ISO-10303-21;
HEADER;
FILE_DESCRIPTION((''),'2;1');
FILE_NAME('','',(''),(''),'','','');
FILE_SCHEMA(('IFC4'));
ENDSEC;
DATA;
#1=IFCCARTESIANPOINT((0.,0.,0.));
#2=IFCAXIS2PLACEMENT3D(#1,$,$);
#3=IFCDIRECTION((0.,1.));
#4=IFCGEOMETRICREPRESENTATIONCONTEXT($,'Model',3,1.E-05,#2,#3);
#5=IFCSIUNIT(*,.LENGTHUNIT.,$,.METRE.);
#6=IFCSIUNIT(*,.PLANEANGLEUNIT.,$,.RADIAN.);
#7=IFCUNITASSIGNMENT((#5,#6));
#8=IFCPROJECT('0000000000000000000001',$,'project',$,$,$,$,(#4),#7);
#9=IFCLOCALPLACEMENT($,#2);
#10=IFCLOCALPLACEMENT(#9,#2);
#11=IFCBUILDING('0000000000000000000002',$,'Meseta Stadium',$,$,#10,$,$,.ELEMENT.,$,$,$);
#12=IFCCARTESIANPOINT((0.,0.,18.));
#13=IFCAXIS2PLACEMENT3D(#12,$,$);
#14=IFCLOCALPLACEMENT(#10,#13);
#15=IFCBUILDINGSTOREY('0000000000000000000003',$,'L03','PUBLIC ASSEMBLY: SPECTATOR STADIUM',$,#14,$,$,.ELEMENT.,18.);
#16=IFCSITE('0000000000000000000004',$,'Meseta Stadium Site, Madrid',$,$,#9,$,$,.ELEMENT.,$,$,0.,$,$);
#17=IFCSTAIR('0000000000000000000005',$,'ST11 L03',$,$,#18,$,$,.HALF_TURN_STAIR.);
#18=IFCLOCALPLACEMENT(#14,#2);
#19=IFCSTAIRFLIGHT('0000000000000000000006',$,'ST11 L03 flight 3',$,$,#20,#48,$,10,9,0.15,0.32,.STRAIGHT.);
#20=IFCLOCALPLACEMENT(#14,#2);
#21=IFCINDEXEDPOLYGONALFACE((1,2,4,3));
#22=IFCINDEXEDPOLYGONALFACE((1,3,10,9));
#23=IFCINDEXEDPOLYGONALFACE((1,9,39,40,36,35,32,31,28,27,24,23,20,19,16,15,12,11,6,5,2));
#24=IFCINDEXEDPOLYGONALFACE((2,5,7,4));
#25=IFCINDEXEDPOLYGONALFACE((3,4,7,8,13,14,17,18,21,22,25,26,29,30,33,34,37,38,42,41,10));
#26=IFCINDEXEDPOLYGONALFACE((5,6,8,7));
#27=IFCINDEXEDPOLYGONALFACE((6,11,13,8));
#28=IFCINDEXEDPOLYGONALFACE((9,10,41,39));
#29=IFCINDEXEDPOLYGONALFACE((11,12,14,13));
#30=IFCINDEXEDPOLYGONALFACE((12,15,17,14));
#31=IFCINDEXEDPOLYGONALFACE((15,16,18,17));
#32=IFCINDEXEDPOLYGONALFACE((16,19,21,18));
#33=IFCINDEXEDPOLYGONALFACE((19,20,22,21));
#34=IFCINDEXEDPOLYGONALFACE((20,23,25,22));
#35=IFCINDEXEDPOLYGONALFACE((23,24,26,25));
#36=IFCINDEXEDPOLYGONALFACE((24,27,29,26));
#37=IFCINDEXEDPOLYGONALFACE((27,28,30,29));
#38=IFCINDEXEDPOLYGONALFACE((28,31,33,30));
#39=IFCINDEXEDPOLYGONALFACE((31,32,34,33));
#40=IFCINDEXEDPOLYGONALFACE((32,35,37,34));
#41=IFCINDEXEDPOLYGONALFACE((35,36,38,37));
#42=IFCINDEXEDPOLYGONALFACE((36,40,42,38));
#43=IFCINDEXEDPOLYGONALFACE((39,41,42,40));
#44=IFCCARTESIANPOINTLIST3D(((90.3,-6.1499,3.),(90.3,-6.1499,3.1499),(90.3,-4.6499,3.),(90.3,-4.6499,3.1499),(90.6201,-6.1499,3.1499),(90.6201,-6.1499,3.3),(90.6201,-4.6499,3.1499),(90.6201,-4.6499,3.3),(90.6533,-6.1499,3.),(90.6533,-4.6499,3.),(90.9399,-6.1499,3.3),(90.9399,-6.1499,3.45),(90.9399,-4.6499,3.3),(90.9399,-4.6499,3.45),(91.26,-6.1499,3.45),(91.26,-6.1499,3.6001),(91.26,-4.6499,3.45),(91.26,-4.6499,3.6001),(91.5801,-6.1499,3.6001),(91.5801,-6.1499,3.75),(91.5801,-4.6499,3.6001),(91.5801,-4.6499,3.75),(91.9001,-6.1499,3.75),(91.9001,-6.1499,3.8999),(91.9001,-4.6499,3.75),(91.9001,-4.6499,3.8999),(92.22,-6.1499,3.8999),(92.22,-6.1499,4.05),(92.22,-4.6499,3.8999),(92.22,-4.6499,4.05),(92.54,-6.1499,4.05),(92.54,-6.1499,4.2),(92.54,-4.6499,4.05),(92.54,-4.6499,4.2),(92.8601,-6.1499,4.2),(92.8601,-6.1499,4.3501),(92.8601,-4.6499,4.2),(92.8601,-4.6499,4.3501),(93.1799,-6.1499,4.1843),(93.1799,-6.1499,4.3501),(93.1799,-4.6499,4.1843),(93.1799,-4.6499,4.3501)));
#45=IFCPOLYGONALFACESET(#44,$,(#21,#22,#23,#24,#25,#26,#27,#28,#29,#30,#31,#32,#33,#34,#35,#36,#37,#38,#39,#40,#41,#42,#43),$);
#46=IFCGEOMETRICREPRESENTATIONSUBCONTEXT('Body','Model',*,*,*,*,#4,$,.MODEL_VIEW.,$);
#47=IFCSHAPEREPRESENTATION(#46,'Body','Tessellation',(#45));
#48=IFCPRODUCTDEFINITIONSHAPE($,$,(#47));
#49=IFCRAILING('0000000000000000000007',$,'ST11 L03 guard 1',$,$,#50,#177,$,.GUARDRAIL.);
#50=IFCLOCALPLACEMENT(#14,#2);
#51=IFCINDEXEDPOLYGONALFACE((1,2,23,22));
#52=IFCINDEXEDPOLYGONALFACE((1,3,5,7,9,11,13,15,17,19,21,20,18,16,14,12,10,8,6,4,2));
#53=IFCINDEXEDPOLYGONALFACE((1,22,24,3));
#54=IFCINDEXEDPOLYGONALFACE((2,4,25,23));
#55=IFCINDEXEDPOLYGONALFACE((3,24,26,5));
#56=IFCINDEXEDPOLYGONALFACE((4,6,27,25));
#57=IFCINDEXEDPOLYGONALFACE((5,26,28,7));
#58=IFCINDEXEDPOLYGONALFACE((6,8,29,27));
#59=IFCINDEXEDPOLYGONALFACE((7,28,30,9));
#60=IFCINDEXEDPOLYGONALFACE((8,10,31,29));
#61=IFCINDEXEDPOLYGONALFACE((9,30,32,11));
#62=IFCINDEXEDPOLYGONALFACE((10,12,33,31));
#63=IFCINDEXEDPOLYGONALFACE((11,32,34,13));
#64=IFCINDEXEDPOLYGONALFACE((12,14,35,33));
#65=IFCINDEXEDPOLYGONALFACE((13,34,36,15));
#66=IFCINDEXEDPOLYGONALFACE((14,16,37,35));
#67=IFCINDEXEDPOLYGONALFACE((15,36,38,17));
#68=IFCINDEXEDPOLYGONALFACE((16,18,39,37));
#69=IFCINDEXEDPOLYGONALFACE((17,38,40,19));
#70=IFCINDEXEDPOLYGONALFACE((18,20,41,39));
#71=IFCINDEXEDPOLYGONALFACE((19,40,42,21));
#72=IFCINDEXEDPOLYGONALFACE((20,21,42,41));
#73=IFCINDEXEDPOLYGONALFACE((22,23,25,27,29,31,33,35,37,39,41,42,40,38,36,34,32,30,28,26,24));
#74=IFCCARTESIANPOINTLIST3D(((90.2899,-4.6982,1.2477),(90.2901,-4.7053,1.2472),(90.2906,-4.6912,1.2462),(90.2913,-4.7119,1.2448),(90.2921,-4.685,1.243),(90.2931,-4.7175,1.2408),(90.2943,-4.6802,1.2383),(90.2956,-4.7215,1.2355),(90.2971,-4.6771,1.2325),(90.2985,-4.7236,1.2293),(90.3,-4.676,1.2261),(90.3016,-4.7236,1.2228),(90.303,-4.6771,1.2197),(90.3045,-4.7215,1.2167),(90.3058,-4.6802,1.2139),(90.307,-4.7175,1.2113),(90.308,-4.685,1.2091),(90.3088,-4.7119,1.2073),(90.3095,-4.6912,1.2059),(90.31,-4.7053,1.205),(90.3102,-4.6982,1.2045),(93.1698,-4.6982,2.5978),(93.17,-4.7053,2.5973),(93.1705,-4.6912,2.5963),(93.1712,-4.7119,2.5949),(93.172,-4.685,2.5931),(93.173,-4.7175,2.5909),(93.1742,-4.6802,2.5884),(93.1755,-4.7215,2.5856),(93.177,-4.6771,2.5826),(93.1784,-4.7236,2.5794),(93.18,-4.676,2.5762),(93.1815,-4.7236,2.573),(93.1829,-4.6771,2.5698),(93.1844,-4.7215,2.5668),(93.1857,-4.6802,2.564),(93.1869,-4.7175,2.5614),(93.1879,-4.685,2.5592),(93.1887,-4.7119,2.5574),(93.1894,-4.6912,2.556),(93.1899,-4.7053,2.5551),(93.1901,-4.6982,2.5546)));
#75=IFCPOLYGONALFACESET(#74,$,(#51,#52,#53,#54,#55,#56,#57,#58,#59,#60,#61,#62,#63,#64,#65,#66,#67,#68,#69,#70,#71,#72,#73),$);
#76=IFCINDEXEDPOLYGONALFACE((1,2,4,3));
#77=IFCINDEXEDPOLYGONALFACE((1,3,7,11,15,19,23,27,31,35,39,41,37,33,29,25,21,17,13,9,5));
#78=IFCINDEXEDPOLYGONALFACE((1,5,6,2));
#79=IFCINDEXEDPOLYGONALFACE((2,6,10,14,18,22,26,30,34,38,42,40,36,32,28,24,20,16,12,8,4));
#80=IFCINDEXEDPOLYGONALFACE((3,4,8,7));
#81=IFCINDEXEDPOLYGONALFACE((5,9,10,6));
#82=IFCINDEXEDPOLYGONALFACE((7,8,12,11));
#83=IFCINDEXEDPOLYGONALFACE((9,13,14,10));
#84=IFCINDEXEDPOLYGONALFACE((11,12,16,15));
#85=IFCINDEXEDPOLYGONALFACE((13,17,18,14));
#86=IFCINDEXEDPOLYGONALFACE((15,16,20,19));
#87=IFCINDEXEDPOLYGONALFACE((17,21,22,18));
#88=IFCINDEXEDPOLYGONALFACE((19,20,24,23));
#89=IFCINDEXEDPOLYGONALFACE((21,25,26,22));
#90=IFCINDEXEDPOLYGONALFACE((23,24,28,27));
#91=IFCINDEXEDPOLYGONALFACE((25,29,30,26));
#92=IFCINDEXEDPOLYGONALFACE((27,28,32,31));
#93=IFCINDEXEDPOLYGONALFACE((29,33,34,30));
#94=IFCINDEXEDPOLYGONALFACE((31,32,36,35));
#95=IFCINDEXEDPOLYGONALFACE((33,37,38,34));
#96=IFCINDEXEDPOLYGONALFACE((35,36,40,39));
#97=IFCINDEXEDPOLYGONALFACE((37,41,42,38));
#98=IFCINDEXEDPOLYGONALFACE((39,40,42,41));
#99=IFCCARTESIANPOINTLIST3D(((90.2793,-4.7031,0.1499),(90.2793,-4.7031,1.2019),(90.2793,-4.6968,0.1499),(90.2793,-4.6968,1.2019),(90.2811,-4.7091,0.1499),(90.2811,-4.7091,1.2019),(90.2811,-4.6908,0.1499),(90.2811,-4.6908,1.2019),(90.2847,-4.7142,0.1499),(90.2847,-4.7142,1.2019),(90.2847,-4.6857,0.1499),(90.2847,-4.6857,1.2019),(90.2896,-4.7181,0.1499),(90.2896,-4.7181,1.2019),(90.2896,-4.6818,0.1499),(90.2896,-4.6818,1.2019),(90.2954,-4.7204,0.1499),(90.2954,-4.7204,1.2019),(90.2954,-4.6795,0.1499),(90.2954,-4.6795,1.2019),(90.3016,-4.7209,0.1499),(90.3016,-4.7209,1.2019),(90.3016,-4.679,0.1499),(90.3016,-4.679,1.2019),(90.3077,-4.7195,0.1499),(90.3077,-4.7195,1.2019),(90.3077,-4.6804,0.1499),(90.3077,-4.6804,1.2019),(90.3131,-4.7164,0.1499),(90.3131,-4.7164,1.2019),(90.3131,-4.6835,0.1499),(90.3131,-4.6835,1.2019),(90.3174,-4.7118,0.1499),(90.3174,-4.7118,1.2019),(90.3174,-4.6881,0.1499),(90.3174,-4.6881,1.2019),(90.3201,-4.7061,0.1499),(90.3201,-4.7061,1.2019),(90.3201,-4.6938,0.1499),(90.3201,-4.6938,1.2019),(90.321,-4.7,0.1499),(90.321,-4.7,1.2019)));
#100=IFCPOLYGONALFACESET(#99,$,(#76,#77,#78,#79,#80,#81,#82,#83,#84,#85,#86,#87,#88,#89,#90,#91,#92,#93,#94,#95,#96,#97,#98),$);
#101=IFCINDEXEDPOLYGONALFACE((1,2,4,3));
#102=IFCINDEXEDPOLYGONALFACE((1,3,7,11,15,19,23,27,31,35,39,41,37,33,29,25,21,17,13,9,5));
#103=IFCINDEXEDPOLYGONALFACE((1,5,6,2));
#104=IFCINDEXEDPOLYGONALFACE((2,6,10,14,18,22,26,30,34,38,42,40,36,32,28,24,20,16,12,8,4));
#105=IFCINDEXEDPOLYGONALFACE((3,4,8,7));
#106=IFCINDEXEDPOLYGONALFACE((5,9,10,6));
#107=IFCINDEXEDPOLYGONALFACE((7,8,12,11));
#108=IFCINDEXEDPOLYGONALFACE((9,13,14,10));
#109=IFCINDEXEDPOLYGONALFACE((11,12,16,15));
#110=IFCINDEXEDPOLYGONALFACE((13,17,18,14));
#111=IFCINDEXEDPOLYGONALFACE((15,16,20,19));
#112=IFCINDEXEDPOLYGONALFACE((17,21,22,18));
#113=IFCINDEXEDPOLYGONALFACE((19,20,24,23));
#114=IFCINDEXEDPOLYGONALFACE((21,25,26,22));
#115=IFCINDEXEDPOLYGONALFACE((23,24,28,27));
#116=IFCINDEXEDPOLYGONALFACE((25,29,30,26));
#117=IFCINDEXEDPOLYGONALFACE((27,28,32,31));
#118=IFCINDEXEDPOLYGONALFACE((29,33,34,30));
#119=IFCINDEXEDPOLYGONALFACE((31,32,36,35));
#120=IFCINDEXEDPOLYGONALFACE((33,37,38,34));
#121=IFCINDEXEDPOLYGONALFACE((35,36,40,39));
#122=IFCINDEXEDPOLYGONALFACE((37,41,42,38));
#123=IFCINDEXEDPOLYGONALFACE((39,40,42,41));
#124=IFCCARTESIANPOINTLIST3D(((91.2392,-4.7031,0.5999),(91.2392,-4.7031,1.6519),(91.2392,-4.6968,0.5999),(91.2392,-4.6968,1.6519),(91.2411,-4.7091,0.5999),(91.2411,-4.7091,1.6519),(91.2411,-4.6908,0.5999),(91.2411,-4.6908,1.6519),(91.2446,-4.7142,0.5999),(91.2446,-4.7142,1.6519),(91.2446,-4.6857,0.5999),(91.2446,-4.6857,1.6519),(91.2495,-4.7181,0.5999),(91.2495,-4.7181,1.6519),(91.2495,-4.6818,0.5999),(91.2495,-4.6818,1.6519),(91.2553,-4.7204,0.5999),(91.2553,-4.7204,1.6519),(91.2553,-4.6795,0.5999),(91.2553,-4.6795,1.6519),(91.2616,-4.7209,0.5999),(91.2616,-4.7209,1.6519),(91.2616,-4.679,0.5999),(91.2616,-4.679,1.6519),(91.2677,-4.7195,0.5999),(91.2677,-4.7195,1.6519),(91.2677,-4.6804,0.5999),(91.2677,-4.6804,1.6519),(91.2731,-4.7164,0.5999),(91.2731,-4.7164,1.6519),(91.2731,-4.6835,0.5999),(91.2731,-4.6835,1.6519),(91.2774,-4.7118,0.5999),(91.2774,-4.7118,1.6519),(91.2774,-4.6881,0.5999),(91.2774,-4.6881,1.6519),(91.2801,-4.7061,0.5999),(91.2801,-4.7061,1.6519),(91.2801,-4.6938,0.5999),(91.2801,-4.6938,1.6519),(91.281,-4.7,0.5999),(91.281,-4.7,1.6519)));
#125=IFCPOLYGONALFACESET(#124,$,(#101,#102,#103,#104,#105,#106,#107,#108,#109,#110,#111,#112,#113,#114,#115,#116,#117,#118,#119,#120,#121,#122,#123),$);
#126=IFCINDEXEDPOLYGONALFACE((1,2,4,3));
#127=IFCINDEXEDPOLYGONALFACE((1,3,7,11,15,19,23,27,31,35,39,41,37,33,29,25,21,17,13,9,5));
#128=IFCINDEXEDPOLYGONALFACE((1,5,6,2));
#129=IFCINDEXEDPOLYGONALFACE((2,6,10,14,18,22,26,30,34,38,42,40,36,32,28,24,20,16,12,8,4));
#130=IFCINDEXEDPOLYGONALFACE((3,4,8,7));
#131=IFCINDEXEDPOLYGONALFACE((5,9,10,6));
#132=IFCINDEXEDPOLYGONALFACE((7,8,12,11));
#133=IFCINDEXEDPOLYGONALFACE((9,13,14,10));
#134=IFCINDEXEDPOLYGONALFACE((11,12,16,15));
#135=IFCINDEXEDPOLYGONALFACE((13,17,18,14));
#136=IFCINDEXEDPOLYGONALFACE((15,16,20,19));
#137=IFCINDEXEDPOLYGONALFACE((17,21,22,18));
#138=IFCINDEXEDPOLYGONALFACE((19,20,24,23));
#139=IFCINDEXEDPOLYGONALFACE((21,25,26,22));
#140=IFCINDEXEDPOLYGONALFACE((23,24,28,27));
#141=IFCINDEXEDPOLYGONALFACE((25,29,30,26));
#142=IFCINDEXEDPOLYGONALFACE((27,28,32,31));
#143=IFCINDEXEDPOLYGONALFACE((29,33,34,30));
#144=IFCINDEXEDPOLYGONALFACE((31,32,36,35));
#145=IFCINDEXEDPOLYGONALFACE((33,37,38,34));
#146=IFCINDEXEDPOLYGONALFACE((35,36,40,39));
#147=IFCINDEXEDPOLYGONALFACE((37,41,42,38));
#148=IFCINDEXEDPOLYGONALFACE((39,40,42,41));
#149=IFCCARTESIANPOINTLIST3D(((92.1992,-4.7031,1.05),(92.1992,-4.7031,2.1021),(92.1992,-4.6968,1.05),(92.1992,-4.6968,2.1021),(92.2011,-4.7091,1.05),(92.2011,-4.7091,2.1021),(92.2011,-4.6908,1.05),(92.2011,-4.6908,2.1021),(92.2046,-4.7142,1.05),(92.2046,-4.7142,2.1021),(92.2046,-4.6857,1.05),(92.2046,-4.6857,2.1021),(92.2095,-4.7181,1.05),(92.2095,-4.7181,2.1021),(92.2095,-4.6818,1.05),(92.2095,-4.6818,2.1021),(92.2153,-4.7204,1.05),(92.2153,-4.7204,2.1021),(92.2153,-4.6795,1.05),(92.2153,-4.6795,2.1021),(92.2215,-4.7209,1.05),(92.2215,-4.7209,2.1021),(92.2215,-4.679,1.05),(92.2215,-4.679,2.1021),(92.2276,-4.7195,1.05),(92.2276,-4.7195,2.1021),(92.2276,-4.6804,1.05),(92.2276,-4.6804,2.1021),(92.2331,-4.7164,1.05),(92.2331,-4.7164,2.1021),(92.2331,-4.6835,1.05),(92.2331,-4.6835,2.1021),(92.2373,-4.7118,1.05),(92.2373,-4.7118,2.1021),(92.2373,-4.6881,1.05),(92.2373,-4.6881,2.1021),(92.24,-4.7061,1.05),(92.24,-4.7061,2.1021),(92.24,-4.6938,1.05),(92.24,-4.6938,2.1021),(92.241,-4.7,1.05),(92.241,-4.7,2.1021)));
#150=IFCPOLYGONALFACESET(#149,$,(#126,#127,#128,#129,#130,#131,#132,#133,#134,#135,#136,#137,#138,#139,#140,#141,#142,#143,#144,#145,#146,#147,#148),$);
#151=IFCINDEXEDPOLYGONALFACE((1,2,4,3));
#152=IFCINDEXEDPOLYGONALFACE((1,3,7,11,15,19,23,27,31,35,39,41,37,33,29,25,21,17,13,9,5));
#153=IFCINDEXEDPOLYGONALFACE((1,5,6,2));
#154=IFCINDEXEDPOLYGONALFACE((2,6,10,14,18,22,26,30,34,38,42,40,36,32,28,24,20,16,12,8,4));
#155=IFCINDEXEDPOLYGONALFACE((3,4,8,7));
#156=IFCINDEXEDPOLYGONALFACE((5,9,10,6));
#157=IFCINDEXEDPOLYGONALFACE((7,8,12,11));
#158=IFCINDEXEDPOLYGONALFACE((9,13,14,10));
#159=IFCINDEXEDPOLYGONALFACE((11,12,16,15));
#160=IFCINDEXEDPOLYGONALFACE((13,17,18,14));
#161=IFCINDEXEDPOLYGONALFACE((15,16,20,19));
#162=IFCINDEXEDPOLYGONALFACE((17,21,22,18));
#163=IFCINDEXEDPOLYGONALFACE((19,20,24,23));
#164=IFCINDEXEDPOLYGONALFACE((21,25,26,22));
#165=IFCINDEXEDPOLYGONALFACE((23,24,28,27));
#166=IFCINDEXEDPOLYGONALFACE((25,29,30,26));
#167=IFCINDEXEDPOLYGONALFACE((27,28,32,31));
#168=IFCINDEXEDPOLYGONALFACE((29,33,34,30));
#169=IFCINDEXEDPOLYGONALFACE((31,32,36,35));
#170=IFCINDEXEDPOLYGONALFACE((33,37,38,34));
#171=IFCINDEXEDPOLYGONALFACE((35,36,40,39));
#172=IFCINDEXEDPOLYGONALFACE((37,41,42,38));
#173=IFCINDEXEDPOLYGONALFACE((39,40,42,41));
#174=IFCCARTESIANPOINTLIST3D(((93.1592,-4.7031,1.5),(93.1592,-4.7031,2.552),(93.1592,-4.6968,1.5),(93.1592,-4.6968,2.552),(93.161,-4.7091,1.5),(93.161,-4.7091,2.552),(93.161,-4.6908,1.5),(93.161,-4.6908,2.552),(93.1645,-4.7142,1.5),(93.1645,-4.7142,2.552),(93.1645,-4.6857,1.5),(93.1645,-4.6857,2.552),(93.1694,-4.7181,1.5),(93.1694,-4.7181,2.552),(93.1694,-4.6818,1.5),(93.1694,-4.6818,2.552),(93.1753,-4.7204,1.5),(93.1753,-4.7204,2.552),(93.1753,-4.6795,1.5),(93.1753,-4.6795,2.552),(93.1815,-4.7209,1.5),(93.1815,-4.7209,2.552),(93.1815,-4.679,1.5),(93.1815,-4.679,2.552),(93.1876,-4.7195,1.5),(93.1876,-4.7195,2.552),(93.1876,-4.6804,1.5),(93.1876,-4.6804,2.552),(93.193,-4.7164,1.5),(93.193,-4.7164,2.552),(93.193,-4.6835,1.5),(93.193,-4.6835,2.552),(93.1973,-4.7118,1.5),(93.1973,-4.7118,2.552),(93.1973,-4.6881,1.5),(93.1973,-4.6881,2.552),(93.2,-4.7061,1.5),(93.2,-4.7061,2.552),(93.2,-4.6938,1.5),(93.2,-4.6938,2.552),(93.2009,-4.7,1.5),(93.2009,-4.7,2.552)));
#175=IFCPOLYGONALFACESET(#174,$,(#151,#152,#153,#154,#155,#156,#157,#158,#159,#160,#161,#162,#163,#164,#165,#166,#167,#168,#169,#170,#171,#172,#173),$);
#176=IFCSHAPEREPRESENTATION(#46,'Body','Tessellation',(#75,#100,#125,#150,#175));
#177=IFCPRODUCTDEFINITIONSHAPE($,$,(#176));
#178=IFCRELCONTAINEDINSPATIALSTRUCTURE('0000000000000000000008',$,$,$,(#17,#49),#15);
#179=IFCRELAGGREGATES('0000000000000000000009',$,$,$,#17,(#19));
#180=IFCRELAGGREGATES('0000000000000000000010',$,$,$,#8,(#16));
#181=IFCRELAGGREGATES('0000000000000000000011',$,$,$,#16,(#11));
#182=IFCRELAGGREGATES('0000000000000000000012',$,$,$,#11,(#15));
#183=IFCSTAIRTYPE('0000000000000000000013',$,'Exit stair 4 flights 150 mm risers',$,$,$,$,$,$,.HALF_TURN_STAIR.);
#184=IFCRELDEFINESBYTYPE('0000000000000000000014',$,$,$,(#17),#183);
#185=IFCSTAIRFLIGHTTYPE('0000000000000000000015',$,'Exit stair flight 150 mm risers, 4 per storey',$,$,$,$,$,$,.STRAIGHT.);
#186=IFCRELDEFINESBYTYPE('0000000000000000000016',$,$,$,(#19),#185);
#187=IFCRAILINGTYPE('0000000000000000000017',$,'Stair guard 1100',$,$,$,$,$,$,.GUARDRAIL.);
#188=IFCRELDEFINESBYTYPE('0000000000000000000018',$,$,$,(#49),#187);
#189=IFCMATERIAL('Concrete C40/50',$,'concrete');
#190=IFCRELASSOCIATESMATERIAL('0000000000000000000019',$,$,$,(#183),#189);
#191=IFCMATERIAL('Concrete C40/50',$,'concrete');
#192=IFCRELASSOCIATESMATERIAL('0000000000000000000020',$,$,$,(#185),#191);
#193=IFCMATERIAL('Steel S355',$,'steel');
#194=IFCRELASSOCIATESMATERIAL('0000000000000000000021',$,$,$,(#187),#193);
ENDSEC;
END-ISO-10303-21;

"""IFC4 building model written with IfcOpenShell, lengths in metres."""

from ifc_helpers import new_model, si_unit, direction, frame, origin, origin_2d, place, context, subcontext, project, spatial, polyline, circle, outline, extrude, material, type_object, element, aggregate, save


model = new_model("IFC4")

# Units and contexts
model_context = context("Model", 3, precision=1e-05, world=origin(), true_north=direction((0.0, 1.0)))
body_context = subcontext(model_context, "Body", "Model", "MODEL_VIEW")
ifc_project = project(units=[si_unit("LENGTHUNIT", "METRE"), si_unit("PLANEANGLEUNIT", "RADIAN")], contexts=[model_context])

# Site, building, storey
site_placement = place(None, origin())
site = spatial("IfcSite", under=ifc_project, at=site_placement, Name="Meseta Stadium Site, Madrid", CompositionType="ELEMENT", RefElevation=0.0)
building_placement = place(site_placement, origin())
building = spatial("IfcBuilding", under=site, at=building_placement, Name="Meseta Stadium", CompositionType="ELEMENT")
storey_placement = place(building_placement, frame((0.0, 0.0, 18.0)))
storey = spatial("IfcBuildingStorey", under=building, at=storey_placement, Name="L03", Description="PUBLIC ASSEMBLY: SPECTATOR STADIUM", CompositionType="ELEMENT", Elevation=18.0)

# Stair, stair flight
ifc_material_1 = material(Name="Concrete C40/50", Category="concrete")
stair_type = type_object("IfcStairType", Name="Exit stair 4 flights 150 mm risers", PredefinedType="HALF_TURN_STAIR", material=ifc_material_1)
stair_placement = place(storey_placement, origin())
stair = element("IfcStair", 1, at=stair_placement, inside=storey, type_object=stair_type, Name="ST11 L03", PredefinedType="HALF_TURN_STAIR")
ifc_material_2 = material(Name="Concrete C40/50", Category="concrete")
stair_flight_type = type_object("IfcStairFlightType", Name="Exit stair flight 150 mm risers, 4 per storey", PredefinedType="STRAIGHT", material=ifc_material_2)
stair_flight_1_placement = place(storey_placement, frame((90.3, -5.3999, 3.0), z_axis=(0.0, 0.0, 1.0), x_axis=(1.0, 0.0, 0.0)))
stair_flight_1 = element("IfcStairFlight", 2, at=stair_flight_1_placement, type_object=stair_flight_type, Name="ST11 L03 flight 3", NumberOfRisers=10, NumberOfTreads=9, PredefinedType="STRAIGHT", RiserHeight=0.15, TreadLength=0.32, context=body_context, shape_type="SweptSolid", body=[
    extrude(outline(polyline([(0.0, 0.0), (0.0, 0.1499), (0.3201, 0.1499), (0.3201, 0.3), (0.6399, 0.3), (0.6399, 0.45), (0.96, 0.45), (0.96, 0.6001), (1.28, 0.6001), (1.28, 0.75), (1.6001, 0.75), (1.6001, 0.8999), (1.9199, 0.8999), (1.9199, 1.05), (2.24, 1.05), (2.24, 1.2), (2.5601, 1.2), (2.5601, 1.3501), (2.8799, 1.3501), (2.8799, 1.1843), (0.3533, 0.0), (0.0, 0.0)])), frame((0.0, 0.75, 0.0), z_axis=(0.0, -1.0, 0.0), x_axis=(1.0, 0.0, 0.0)), (0.0, 0.0, 1.0), 1.5),
])
aggregate(stair, [stair_flight_1])

# Railing
ifc_material_3 = material(Name="Steel S355", Category="steel")
railing_type_1 = type_object("IfcRailingType", Name="Stair guard 1100", PredefinedType="GUARDRAIL", material=ifc_material_3)
railing_placement = place(storey_placement, frame((90.3, -4.7, 0.1499)))
element("IfcRailing", 3, at=railing_placement, inside=storey, type_object=railing_type_1, Name="ST11 L03 guard 1", PredefinedType="GUARDRAIL", context=body_context, shape_type="SweptSolid", body=[
    extrude(circle(Radius=0.0239, at=origin_2d()), frame((0.0, 0.0, 1.0762), z_axis=(0.90544, 0.0, 0.424473), x_axis=(0.0, 1.0, 0.0)), (0.0, 0.0, 1.0), 3.1807),
    extrude(circle(Radius=0.021, at=origin_2d()), origin(), (0.0, 0.0, 1.0), 1.052),
    extrude(circle(Radius=0.021, at=origin_2d()), frame((0.96, 0.0, 0.45)), (0.0, 0.0, 1.0), 1.052),
    extrude(circle(Radius=0.021, at=origin_2d()), frame((1.9199, 0.0, 0.9001)), (0.0, 0.0, 1.0), 1.052),
    extrude(circle(Radius=0.021, at=origin_2d()), frame((2.8799, 0.0, 1.3501)), (0.0, 0.0, 1.0), 1.052),
])

save(model, "model.ifc")
